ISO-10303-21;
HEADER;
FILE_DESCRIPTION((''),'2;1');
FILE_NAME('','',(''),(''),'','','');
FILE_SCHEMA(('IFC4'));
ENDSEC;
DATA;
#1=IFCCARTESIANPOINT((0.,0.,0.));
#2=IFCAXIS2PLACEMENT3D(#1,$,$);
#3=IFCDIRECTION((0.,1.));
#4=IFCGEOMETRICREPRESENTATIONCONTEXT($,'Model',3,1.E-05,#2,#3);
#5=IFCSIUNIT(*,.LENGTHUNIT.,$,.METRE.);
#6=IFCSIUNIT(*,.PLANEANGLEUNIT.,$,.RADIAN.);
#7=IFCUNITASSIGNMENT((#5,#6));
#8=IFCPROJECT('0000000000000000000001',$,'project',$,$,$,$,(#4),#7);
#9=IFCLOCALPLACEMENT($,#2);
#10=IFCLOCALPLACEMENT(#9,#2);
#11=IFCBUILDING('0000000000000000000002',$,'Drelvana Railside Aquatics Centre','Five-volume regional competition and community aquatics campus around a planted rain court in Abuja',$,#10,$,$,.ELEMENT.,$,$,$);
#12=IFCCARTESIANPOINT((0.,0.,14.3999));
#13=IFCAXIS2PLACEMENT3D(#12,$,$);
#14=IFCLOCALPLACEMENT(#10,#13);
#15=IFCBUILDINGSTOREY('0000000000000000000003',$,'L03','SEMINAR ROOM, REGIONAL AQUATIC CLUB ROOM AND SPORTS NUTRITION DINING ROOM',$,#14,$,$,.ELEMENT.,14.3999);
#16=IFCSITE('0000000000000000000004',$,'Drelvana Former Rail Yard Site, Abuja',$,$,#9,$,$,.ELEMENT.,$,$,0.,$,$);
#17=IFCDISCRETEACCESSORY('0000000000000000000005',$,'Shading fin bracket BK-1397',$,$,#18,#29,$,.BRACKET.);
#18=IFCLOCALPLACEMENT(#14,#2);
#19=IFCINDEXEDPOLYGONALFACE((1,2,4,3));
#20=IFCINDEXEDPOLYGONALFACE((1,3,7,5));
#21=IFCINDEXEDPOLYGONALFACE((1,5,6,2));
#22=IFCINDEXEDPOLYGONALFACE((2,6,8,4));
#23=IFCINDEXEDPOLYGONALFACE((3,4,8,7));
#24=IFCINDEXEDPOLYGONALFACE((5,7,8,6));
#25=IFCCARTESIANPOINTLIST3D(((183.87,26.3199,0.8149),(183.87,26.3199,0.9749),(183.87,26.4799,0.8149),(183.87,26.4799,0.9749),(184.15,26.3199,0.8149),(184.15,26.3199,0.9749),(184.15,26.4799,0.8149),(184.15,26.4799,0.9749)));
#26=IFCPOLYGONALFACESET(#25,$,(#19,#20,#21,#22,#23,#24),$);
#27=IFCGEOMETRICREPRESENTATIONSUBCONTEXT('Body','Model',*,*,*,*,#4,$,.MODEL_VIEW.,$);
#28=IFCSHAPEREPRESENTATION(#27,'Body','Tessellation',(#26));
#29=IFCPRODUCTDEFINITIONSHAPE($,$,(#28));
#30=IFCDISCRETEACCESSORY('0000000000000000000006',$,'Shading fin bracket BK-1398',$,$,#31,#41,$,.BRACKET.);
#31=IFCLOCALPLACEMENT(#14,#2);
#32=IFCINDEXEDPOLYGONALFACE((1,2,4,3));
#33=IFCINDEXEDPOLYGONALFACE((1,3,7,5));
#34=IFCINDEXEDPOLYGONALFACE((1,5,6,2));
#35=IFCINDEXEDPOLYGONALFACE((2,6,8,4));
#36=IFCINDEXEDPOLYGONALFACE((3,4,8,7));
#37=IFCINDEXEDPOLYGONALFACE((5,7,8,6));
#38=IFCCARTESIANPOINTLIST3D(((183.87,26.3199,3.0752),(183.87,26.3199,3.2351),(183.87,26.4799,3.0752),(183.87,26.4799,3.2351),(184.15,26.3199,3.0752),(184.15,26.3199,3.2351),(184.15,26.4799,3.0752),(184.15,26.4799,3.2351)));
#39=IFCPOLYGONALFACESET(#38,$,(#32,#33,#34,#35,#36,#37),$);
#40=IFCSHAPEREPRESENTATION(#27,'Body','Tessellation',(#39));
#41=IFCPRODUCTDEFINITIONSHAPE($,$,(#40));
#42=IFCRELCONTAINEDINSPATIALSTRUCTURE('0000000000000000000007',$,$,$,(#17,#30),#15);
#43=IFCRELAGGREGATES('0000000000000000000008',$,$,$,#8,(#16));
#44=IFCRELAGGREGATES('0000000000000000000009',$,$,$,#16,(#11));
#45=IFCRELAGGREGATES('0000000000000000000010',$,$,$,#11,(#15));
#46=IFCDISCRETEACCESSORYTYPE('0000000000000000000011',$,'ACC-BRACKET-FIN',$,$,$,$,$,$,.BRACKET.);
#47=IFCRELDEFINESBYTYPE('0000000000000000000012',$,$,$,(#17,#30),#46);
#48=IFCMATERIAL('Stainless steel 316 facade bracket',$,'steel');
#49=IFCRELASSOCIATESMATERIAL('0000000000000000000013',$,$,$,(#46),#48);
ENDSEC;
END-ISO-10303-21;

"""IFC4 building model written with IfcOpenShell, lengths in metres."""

from ifc_helpers import new_model, si_unit, direction, frame, origin, origin_2d, place, context, subcontext, project, spatial, rectangle, extrude, material, type_object, element, save


model = new_model("IFC4")

# Units and contexts
model_context = context("Model", 3, precision=1e-05, world=origin(), true_north=direction((0.0, 1.0)))
body_context = subcontext(model_context, "Body", "Model", "MODEL_VIEW")
ifc_project = project(units=[si_unit("LENGTHUNIT", "METRE"), si_unit("PLANEANGLEUNIT", "RADIAN")], contexts=[model_context])

# Site, building, storey
site_placement = place(None, origin())
site = spatial("IfcSite", under=ifc_project, at=site_placement, Name="Drelvana Former Rail Yard Site, Abuja", CompositionType="ELEMENT", RefElevation=0.0)
building_placement = place(site_placement, origin())
building = spatial("IfcBuilding", under=site, at=building_placement, Name="Drelvana Railside Aquatics Centre", Description="Five-volume regional competition and community aquatics campus around a planted rain court in Abuja", CompositionType="ELEMENT")
storey_placement = place(building_placement, frame((0.0, 0.0, 14.3999)))
storey = spatial("IfcBuildingStorey", under=building, at=storey_placement, Name="L03", Description="SEMINAR ROOM, REGIONAL AQUATIC CLUB ROOM AND SPORTS NUTRITION DINING ROOM", CompositionType="ELEMENT", Elevation=14.3999)

# Discrete accessories
ifc_material_1 = material(Name="Stainless steel 316 facade bracket", Category="steel")
discrete_accessory_type = type_object("IfcDiscreteAccessoryType", Name="ACC-BRACKET-FIN", PredefinedType="BRACKET", material=ifc_material_1)
for number, where, z_axis, x_axis, name in (
    (1, (184.01, 26.3999, 0.8149), (0.0, 0.0, 1.0), (1.0, 0.0, 0.0), "Shading fin bracket BK-1397"),
    (2, (184.01, 26.3999, 3.0752), (0.0, 0.0, 1.0), (1.0, 0.0, 0.0), "Shading fin bracket BK-1398"),
):
    element("IfcDiscreteAccessory", number, at=place(storey_placement, frame(where, z_axis=z_axis, x_axis=x_axis)), inside=storey, type_object=discrete_accessory_type, Name=name, PredefinedType="BRACKET", context=body_context, shape_type="SweptSolid", body=[
        extrude(rectangle(XDim=0.28, YDim=0.1599, at=origin_2d()), origin(), (0.0, 0.0, 1.0), 0.1599),
    ])

save(model, "model.ifc")
